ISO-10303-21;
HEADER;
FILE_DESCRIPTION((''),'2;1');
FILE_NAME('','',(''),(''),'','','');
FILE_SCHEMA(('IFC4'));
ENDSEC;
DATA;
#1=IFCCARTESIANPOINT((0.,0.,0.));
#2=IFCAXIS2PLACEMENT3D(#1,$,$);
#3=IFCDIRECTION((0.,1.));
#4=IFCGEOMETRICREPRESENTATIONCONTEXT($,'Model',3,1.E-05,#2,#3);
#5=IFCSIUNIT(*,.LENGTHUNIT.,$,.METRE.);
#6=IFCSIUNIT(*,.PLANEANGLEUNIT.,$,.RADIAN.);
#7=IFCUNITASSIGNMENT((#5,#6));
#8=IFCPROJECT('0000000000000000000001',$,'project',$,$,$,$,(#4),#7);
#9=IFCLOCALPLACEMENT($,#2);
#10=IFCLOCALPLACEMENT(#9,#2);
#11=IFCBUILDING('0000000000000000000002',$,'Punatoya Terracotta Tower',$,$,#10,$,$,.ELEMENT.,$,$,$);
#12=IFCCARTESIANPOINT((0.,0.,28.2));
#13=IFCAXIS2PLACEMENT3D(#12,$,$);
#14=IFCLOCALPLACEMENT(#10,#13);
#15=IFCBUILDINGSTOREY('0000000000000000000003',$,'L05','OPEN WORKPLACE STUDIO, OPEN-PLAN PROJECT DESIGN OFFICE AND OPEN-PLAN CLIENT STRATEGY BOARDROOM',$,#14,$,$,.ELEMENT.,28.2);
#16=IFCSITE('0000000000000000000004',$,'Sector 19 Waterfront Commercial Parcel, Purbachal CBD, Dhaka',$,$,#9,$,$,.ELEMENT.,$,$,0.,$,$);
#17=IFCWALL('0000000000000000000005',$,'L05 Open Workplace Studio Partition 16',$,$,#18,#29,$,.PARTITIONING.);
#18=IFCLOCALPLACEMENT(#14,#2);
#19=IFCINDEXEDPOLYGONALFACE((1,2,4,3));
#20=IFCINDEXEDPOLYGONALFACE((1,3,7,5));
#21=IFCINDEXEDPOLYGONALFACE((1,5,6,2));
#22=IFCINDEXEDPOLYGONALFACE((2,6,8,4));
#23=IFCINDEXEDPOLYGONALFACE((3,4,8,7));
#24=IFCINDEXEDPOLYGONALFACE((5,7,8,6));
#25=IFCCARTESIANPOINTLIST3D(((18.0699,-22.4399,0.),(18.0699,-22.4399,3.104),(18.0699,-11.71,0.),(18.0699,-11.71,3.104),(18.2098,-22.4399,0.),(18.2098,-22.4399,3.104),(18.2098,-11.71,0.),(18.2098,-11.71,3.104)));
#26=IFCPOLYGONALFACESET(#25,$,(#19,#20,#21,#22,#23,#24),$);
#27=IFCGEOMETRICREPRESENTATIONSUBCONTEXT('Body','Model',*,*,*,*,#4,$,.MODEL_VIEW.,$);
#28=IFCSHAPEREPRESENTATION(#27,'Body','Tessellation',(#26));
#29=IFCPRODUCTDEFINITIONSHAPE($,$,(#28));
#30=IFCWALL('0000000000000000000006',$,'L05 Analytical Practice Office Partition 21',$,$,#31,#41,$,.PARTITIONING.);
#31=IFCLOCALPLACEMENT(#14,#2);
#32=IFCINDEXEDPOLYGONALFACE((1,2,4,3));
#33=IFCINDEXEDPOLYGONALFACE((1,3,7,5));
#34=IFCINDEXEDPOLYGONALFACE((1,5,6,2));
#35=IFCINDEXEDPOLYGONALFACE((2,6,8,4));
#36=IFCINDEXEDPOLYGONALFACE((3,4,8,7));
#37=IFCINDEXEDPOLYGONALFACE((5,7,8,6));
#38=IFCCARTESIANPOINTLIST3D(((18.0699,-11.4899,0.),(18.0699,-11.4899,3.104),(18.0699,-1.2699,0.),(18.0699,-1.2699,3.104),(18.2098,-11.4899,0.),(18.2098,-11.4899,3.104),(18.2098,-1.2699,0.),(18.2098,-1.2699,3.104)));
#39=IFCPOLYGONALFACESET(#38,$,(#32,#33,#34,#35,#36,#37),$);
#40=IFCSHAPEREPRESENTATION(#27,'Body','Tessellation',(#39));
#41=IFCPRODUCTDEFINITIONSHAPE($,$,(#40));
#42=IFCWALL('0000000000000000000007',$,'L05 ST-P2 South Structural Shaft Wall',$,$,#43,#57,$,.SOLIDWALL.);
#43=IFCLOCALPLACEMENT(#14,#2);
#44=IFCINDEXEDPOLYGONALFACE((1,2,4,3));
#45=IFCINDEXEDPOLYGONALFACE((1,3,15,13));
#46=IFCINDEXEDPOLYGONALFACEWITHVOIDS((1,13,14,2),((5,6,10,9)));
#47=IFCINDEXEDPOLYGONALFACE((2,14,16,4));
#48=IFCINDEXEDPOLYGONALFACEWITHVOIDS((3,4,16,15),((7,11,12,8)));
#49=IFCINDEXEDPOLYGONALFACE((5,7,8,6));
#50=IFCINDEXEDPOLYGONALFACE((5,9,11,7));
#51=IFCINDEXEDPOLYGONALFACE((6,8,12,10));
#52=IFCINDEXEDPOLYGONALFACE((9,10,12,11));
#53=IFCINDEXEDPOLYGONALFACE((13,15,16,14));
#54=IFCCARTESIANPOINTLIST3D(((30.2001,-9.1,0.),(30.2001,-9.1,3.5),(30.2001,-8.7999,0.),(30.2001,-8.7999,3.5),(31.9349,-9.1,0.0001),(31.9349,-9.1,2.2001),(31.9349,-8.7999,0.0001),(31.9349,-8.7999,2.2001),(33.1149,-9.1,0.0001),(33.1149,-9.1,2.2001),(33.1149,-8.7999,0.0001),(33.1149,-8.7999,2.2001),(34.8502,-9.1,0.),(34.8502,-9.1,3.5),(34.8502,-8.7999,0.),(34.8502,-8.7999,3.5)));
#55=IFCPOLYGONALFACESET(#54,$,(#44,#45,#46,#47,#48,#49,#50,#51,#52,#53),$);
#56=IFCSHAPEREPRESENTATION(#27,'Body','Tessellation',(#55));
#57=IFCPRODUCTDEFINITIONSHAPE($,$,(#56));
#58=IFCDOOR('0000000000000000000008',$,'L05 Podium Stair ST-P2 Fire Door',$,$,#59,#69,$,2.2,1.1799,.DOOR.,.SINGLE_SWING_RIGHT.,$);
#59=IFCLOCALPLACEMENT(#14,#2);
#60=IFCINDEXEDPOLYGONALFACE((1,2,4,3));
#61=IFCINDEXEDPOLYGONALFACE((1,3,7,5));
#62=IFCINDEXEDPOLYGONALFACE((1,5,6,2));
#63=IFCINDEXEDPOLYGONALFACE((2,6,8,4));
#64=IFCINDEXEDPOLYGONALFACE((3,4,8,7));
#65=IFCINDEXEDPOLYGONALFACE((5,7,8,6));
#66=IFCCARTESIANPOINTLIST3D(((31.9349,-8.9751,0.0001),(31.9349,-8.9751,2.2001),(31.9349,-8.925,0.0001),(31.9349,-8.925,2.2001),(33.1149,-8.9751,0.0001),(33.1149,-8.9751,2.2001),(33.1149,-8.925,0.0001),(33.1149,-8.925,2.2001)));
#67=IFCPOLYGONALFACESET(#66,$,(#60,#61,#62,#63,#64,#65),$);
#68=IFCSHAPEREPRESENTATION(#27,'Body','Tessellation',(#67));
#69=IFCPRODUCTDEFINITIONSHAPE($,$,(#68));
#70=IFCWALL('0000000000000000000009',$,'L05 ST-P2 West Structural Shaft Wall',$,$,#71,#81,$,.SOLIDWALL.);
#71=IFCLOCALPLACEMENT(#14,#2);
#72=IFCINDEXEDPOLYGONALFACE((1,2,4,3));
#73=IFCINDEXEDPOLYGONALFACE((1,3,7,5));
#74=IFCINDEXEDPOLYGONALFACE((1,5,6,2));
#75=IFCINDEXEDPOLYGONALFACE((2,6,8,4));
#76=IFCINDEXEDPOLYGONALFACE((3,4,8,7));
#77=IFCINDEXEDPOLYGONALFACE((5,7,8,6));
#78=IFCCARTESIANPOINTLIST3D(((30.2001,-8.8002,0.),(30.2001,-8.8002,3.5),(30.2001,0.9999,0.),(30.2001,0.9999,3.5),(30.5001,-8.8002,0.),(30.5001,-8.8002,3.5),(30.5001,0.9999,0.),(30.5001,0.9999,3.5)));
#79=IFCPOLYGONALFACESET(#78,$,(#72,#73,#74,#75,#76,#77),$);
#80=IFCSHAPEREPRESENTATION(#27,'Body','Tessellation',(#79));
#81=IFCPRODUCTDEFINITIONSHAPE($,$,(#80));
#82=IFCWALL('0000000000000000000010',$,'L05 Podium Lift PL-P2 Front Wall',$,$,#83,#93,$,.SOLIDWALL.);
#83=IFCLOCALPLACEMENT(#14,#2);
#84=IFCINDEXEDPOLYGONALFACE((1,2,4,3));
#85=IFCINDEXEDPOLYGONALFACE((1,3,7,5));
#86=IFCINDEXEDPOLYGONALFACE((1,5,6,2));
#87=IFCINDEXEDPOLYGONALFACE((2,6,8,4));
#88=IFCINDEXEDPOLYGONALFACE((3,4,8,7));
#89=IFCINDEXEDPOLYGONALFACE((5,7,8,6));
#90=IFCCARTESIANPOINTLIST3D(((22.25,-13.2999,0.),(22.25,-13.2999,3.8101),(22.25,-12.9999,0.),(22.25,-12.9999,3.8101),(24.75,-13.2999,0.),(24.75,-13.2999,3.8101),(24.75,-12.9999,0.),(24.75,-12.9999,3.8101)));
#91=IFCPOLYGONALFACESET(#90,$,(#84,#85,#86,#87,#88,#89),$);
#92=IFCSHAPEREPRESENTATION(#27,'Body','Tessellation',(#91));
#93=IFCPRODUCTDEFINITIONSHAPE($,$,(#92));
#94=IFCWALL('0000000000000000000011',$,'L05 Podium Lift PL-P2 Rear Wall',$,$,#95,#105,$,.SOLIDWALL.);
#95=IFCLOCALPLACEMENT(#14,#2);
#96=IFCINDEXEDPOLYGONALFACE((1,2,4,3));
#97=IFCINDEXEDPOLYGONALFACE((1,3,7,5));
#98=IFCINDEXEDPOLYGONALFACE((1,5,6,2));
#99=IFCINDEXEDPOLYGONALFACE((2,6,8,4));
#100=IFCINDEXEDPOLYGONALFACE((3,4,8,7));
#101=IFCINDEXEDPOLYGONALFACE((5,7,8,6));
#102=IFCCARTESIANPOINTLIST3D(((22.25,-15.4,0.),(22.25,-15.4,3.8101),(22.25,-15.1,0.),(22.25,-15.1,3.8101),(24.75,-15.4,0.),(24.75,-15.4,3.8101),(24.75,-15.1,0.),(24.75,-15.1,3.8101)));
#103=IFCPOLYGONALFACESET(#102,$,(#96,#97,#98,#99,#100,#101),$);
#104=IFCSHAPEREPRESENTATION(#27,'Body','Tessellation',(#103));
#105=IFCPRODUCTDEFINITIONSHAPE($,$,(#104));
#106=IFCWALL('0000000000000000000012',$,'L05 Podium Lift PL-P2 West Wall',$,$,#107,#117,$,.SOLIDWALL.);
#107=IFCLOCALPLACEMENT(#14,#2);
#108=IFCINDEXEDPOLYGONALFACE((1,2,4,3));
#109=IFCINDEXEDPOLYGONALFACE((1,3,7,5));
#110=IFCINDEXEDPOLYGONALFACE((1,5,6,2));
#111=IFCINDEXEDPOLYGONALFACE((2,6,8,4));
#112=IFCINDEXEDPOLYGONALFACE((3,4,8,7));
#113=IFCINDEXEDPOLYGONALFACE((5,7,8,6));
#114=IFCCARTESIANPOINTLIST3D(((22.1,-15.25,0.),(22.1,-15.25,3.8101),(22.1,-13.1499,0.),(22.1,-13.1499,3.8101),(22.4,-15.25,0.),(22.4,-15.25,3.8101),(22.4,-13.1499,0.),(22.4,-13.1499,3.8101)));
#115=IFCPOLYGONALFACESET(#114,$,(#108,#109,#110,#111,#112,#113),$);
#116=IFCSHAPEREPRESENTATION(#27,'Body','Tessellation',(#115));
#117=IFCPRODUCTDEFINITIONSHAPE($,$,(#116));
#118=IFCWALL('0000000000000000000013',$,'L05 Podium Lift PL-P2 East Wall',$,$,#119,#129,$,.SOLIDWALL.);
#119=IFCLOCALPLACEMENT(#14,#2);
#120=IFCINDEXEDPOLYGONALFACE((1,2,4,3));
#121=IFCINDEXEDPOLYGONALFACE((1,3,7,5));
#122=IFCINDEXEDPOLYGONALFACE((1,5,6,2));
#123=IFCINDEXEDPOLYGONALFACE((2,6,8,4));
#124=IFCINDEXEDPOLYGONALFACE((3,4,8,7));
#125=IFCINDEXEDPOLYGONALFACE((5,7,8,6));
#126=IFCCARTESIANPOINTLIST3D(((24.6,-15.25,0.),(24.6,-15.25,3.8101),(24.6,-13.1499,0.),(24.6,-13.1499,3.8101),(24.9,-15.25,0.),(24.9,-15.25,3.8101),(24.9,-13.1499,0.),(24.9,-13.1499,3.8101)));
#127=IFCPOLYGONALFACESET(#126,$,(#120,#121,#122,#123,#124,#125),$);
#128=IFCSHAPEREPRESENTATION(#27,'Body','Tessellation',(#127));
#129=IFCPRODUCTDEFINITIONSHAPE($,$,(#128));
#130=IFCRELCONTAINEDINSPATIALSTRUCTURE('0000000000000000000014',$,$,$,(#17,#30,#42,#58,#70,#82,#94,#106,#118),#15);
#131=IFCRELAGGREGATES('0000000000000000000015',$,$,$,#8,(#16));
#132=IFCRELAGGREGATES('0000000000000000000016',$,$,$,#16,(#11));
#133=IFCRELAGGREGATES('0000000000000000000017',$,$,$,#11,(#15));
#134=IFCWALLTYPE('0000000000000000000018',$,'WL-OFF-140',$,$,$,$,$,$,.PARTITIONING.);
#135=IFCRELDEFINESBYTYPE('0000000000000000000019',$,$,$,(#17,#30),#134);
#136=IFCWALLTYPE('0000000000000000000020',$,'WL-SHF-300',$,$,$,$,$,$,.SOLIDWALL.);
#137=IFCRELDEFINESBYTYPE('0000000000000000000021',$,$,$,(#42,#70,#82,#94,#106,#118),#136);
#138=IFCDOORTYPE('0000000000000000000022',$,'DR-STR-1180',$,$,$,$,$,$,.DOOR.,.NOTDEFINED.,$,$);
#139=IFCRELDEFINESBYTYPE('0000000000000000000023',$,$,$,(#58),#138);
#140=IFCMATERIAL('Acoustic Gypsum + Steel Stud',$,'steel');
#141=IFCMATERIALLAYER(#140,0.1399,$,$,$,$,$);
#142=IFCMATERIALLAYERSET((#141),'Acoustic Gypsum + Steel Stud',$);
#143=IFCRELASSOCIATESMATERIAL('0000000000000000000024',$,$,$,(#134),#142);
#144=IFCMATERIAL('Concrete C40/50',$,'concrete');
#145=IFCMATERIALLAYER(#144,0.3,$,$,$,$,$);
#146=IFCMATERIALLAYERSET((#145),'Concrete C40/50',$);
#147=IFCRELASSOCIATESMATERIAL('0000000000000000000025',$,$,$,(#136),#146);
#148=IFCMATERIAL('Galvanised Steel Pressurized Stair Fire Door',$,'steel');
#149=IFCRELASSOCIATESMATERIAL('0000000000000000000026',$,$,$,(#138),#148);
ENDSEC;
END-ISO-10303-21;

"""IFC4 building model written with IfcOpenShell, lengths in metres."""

from ifc_helpers import new_model, si_unit, direction, frame, frame_2d, origin, place, context, subcontext, project, spatial, rectangle, extrude, material, layer, layer_set, type_object, element, fill, save


model = new_model("IFC4")

# Units and contexts
model_context = context("Model", 3, precision=1e-05, world=origin(), true_north=direction((0.0, 1.0)))
body_context = subcontext(model_context, "Body", "Model", "MODEL_VIEW")
ifc_project = project(units=[si_unit("LENGTHUNIT", "METRE"), si_unit("PLANEANGLEUNIT", "RADIAN")], contexts=[model_context])

# Site, building, storey
site_placement = place(None, origin())
site = spatial("IfcSite", under=ifc_project, at=site_placement, Name="Sector 19 Waterfront Commercial Parcel, Purbachal CBD, Dhaka", CompositionType="ELEMENT", RefElevation=0.0)
building_placement = place(site_placement, origin())
building = spatial("IfcBuilding", under=site, at=building_placement, Name="Punatoya Terracotta Tower", CompositionType="ELEMENT")
storey_placement = place(building_placement, frame((0.0, 0.0, 28.2)))
storey = spatial("IfcBuildingStorey", under=building, at=storey_placement, Name="L05", Description="OPEN WORKPLACE STUDIO, OPEN-PLAN PROJECT DESIGN OFFICE AND OPEN-PLAN CLIENT STRATEGY BOARDROOM", CompositionType="ELEMENT", Elevation=28.2)

# Walls
ifc_material_1 = material(Name="Acoustic Gypsum + Steel Stud", Category="steel")
ifc_layer_1 = layer(ifc_material_1, 0.1399)
ifc_layer_set_1 = layer_set([ifc_layer_1], Name="Acoustic Gypsum + Steel Stud")
wall_type_1 = type_object("IfcWallType", Name="WL-OFF-140", PredefinedType="PARTITIONING", material=ifc_layer_set_1)
wall_1_placement = place(storey_placement, frame((18.1399, -11.71, 0.0), z_axis=(0.0, 0.0, 1.0), x_axis=(0.0, -1.0, 0.0)))
element("IfcWall", 1, at=wall_1_placement, inside=storey, type_object=wall_type_1, Name="L05 Open Workplace Studio Partition 16", PredefinedType="PARTITIONING", context=body_context, shape_type="SweptSolid", body=[
    extrude(rectangle(XDim=10.73, YDim=0.1399, at=frame_2d((5.365, 0.0))), origin(), (0.0, 0.0, 1.0), 3.104),
])
wall_2_placement = place(storey_placement, frame((18.1399, -1.27, 0.0), z_axis=(0.0, 0.0, 1.0), x_axis=(0.0, -1.0, 0.0)))
element("IfcWall", 2, at=wall_2_placement, inside=storey, type_object=wall_type_1, Name="L05 Analytical Practice Office Partition 21", PredefinedType="PARTITIONING", context=body_context, shape_type="SweptSolid", body=[
    extrude(rectangle(XDim=10.22, YDim=0.1399, at=frame_2d((5.1099, 0.0))), origin(), (0.0, 0.0, 1.0), 3.104),
])

# Wall, opening, door
ifc_material_2 = material(Name="Concrete C40/50", Category="concrete")
ifc_layer_2 = layer(ifc_material_2, 0.3)
ifc_layer_set_2 = layer_set([ifc_layer_2], Name="Concrete C40/50")
wall_type_2 = type_object("IfcWallType", Name="WL-SHF-300", PredefinedType="SOLIDWALL", material=ifc_layer_set_2)
wall_3_placement = place(storey_placement, frame((30.2, -8.95, 0.0), z_axis=(0.0, 0.0, 1.0), x_axis=(1.0, 0.0, 0.0)))
wall_3 = element("IfcWall", 3, at=wall_3_placement, inside=storey, type_object=wall_type_2, Name="L05 ST-P2 South Structural Shaft Wall", PredefinedType="SOLIDWALL", context=body_context, shape_type="SweptSolid", body=[
    extrude(rectangle(XDim=4.6501, YDim=0.3, at=frame_2d((2.3252, 0.0))), origin(), (0.0, 0.0, 1.0), 3.5),
])
opening_1_placement = place(wall_3_placement, frame((1.7351, 0.0, 0.0)))
opening_1 = element("IfcOpeningElement", 4, at=opening_1_placement, cuts=wall_3, PredefinedType="OPENING", context=body_context, shape_type="SweptSolid", body=[
    extrude(rectangle(XDim=1.1799, YDim=2.2, at=frame_2d((0.5898, 1.1001))), frame((0.0, 0.1599, 0.0), z_axis=(0.0, -1.0, 0.0), x_axis=(1.0, 0.0, 0.0)), (0.0, 0.0, 1.0), 0.3201),
])
ifc_material_3 = material(Name="Galvanised Steel Pressurized Stair Fire Door", Category="steel")
door_type_1 = type_object("IfcDoorType", Name="DR-STR-1180", OperationType="NOTDEFINED", PredefinedType="DOOR", material=ifc_material_3)
door_1_placement = place(opening_1_placement, origin())
door_1 = element("IfcDoor", 5, at=door_1_placement, inside=storey, type_object=door_type_1, Name="L05 Podium Stair ST-P2 Fire Door", OperationType="SINGLE_SWING_RIGHT", OverallHeight=2.2, OverallWidth=1.1799, PredefinedType="DOOR", context=body_context, shape_type="SweptSolid", body=[
    extrude(rectangle(XDim=1.1799, YDim=2.2, at=frame_2d((0.5898, 1.1001))), frame((0.0, 0.0249, 0.0), z_axis=(0.0, -1.0, 0.0), x_axis=(1.0, 0.0, 0.0)), (0.0, 0.0, 1.0), 0.05),
])
fill(opening_1, door_1)

# Walls
wall_4_placement = place(storey_placement, frame((30.3501, -8.8, 0.0), z_axis=(0.0, 0.0, 1.0), x_axis=(0.0, 1.0, 0.0)))
element("IfcWall", 6, at=wall_4_placement, inside=storey, type_object=wall_type_2, Name="L05 ST-P2 West Structural Shaft Wall", PredefinedType="SOLIDWALL", context=body_context, shape_type="SweptSolid", body=[
    extrude(rectangle(XDim=9.8, YDim=0.3, at=frame_2d((4.8999, 0.0))), origin(), (0.0, 0.0, 1.0), 3.5),
])
for number, where, z_axis, x_axis, name in (
    (7, (22.25, -13.1499, 0.0), (0.0, 0.0, 1.0), (1.0, 0.0, 0.0), "L05 Podium Lift PL-P2 Front Wall"),
    (8, (22.25, -15.25, 0.0), (0.0, 0.0, 1.0), (1.0, 0.0, 0.0), "L05 Podium Lift PL-P2 Rear Wall"),
):
    element("IfcWall", number, at=place(storey_placement, frame(where, z_axis=z_axis, x_axis=x_axis)), inside=storey, type_object=wall_type_2, Name=name, PredefinedType="SOLIDWALL", context=body_context, shape_type="SweptSolid", body=[
        extrude(rectangle(XDim=2.5, YDim=0.3, at=frame_2d((1.25, 0.0))), origin(), (0.0, 0.0, 1.0), 3.8101),
    ])
for number, where, z_axis, x_axis, name in (
    (9, (22.25, -15.25, 0.0), (0.0, 0.0, 1.0), (0.0, 1.0, 0.0), "L05 Podium Lift PL-P2 West Wall"),
    (10, (24.75, -15.25, 0.0), (0.0, 0.0, 1.0), (0.0, 1.0, 0.0), "L05 Podium Lift PL-P2 East Wall"),
):
    element("IfcWall", number, at=place(storey_placement, frame(where, z_axis=z_axis, x_axis=x_axis)), inside=storey, type_object=wall_type_2, Name=name, PredefinedType="SOLIDWALL", context=body_context, shape_type="SweptSolid", body=[
        extrude(rectangle(XDim=2.1001, YDim=0.3, at=frame_2d((1.05, 0.0))), origin(), (0.0, 0.0, 1.0), 3.8101),
    ])

save(model, "model.ifc")
